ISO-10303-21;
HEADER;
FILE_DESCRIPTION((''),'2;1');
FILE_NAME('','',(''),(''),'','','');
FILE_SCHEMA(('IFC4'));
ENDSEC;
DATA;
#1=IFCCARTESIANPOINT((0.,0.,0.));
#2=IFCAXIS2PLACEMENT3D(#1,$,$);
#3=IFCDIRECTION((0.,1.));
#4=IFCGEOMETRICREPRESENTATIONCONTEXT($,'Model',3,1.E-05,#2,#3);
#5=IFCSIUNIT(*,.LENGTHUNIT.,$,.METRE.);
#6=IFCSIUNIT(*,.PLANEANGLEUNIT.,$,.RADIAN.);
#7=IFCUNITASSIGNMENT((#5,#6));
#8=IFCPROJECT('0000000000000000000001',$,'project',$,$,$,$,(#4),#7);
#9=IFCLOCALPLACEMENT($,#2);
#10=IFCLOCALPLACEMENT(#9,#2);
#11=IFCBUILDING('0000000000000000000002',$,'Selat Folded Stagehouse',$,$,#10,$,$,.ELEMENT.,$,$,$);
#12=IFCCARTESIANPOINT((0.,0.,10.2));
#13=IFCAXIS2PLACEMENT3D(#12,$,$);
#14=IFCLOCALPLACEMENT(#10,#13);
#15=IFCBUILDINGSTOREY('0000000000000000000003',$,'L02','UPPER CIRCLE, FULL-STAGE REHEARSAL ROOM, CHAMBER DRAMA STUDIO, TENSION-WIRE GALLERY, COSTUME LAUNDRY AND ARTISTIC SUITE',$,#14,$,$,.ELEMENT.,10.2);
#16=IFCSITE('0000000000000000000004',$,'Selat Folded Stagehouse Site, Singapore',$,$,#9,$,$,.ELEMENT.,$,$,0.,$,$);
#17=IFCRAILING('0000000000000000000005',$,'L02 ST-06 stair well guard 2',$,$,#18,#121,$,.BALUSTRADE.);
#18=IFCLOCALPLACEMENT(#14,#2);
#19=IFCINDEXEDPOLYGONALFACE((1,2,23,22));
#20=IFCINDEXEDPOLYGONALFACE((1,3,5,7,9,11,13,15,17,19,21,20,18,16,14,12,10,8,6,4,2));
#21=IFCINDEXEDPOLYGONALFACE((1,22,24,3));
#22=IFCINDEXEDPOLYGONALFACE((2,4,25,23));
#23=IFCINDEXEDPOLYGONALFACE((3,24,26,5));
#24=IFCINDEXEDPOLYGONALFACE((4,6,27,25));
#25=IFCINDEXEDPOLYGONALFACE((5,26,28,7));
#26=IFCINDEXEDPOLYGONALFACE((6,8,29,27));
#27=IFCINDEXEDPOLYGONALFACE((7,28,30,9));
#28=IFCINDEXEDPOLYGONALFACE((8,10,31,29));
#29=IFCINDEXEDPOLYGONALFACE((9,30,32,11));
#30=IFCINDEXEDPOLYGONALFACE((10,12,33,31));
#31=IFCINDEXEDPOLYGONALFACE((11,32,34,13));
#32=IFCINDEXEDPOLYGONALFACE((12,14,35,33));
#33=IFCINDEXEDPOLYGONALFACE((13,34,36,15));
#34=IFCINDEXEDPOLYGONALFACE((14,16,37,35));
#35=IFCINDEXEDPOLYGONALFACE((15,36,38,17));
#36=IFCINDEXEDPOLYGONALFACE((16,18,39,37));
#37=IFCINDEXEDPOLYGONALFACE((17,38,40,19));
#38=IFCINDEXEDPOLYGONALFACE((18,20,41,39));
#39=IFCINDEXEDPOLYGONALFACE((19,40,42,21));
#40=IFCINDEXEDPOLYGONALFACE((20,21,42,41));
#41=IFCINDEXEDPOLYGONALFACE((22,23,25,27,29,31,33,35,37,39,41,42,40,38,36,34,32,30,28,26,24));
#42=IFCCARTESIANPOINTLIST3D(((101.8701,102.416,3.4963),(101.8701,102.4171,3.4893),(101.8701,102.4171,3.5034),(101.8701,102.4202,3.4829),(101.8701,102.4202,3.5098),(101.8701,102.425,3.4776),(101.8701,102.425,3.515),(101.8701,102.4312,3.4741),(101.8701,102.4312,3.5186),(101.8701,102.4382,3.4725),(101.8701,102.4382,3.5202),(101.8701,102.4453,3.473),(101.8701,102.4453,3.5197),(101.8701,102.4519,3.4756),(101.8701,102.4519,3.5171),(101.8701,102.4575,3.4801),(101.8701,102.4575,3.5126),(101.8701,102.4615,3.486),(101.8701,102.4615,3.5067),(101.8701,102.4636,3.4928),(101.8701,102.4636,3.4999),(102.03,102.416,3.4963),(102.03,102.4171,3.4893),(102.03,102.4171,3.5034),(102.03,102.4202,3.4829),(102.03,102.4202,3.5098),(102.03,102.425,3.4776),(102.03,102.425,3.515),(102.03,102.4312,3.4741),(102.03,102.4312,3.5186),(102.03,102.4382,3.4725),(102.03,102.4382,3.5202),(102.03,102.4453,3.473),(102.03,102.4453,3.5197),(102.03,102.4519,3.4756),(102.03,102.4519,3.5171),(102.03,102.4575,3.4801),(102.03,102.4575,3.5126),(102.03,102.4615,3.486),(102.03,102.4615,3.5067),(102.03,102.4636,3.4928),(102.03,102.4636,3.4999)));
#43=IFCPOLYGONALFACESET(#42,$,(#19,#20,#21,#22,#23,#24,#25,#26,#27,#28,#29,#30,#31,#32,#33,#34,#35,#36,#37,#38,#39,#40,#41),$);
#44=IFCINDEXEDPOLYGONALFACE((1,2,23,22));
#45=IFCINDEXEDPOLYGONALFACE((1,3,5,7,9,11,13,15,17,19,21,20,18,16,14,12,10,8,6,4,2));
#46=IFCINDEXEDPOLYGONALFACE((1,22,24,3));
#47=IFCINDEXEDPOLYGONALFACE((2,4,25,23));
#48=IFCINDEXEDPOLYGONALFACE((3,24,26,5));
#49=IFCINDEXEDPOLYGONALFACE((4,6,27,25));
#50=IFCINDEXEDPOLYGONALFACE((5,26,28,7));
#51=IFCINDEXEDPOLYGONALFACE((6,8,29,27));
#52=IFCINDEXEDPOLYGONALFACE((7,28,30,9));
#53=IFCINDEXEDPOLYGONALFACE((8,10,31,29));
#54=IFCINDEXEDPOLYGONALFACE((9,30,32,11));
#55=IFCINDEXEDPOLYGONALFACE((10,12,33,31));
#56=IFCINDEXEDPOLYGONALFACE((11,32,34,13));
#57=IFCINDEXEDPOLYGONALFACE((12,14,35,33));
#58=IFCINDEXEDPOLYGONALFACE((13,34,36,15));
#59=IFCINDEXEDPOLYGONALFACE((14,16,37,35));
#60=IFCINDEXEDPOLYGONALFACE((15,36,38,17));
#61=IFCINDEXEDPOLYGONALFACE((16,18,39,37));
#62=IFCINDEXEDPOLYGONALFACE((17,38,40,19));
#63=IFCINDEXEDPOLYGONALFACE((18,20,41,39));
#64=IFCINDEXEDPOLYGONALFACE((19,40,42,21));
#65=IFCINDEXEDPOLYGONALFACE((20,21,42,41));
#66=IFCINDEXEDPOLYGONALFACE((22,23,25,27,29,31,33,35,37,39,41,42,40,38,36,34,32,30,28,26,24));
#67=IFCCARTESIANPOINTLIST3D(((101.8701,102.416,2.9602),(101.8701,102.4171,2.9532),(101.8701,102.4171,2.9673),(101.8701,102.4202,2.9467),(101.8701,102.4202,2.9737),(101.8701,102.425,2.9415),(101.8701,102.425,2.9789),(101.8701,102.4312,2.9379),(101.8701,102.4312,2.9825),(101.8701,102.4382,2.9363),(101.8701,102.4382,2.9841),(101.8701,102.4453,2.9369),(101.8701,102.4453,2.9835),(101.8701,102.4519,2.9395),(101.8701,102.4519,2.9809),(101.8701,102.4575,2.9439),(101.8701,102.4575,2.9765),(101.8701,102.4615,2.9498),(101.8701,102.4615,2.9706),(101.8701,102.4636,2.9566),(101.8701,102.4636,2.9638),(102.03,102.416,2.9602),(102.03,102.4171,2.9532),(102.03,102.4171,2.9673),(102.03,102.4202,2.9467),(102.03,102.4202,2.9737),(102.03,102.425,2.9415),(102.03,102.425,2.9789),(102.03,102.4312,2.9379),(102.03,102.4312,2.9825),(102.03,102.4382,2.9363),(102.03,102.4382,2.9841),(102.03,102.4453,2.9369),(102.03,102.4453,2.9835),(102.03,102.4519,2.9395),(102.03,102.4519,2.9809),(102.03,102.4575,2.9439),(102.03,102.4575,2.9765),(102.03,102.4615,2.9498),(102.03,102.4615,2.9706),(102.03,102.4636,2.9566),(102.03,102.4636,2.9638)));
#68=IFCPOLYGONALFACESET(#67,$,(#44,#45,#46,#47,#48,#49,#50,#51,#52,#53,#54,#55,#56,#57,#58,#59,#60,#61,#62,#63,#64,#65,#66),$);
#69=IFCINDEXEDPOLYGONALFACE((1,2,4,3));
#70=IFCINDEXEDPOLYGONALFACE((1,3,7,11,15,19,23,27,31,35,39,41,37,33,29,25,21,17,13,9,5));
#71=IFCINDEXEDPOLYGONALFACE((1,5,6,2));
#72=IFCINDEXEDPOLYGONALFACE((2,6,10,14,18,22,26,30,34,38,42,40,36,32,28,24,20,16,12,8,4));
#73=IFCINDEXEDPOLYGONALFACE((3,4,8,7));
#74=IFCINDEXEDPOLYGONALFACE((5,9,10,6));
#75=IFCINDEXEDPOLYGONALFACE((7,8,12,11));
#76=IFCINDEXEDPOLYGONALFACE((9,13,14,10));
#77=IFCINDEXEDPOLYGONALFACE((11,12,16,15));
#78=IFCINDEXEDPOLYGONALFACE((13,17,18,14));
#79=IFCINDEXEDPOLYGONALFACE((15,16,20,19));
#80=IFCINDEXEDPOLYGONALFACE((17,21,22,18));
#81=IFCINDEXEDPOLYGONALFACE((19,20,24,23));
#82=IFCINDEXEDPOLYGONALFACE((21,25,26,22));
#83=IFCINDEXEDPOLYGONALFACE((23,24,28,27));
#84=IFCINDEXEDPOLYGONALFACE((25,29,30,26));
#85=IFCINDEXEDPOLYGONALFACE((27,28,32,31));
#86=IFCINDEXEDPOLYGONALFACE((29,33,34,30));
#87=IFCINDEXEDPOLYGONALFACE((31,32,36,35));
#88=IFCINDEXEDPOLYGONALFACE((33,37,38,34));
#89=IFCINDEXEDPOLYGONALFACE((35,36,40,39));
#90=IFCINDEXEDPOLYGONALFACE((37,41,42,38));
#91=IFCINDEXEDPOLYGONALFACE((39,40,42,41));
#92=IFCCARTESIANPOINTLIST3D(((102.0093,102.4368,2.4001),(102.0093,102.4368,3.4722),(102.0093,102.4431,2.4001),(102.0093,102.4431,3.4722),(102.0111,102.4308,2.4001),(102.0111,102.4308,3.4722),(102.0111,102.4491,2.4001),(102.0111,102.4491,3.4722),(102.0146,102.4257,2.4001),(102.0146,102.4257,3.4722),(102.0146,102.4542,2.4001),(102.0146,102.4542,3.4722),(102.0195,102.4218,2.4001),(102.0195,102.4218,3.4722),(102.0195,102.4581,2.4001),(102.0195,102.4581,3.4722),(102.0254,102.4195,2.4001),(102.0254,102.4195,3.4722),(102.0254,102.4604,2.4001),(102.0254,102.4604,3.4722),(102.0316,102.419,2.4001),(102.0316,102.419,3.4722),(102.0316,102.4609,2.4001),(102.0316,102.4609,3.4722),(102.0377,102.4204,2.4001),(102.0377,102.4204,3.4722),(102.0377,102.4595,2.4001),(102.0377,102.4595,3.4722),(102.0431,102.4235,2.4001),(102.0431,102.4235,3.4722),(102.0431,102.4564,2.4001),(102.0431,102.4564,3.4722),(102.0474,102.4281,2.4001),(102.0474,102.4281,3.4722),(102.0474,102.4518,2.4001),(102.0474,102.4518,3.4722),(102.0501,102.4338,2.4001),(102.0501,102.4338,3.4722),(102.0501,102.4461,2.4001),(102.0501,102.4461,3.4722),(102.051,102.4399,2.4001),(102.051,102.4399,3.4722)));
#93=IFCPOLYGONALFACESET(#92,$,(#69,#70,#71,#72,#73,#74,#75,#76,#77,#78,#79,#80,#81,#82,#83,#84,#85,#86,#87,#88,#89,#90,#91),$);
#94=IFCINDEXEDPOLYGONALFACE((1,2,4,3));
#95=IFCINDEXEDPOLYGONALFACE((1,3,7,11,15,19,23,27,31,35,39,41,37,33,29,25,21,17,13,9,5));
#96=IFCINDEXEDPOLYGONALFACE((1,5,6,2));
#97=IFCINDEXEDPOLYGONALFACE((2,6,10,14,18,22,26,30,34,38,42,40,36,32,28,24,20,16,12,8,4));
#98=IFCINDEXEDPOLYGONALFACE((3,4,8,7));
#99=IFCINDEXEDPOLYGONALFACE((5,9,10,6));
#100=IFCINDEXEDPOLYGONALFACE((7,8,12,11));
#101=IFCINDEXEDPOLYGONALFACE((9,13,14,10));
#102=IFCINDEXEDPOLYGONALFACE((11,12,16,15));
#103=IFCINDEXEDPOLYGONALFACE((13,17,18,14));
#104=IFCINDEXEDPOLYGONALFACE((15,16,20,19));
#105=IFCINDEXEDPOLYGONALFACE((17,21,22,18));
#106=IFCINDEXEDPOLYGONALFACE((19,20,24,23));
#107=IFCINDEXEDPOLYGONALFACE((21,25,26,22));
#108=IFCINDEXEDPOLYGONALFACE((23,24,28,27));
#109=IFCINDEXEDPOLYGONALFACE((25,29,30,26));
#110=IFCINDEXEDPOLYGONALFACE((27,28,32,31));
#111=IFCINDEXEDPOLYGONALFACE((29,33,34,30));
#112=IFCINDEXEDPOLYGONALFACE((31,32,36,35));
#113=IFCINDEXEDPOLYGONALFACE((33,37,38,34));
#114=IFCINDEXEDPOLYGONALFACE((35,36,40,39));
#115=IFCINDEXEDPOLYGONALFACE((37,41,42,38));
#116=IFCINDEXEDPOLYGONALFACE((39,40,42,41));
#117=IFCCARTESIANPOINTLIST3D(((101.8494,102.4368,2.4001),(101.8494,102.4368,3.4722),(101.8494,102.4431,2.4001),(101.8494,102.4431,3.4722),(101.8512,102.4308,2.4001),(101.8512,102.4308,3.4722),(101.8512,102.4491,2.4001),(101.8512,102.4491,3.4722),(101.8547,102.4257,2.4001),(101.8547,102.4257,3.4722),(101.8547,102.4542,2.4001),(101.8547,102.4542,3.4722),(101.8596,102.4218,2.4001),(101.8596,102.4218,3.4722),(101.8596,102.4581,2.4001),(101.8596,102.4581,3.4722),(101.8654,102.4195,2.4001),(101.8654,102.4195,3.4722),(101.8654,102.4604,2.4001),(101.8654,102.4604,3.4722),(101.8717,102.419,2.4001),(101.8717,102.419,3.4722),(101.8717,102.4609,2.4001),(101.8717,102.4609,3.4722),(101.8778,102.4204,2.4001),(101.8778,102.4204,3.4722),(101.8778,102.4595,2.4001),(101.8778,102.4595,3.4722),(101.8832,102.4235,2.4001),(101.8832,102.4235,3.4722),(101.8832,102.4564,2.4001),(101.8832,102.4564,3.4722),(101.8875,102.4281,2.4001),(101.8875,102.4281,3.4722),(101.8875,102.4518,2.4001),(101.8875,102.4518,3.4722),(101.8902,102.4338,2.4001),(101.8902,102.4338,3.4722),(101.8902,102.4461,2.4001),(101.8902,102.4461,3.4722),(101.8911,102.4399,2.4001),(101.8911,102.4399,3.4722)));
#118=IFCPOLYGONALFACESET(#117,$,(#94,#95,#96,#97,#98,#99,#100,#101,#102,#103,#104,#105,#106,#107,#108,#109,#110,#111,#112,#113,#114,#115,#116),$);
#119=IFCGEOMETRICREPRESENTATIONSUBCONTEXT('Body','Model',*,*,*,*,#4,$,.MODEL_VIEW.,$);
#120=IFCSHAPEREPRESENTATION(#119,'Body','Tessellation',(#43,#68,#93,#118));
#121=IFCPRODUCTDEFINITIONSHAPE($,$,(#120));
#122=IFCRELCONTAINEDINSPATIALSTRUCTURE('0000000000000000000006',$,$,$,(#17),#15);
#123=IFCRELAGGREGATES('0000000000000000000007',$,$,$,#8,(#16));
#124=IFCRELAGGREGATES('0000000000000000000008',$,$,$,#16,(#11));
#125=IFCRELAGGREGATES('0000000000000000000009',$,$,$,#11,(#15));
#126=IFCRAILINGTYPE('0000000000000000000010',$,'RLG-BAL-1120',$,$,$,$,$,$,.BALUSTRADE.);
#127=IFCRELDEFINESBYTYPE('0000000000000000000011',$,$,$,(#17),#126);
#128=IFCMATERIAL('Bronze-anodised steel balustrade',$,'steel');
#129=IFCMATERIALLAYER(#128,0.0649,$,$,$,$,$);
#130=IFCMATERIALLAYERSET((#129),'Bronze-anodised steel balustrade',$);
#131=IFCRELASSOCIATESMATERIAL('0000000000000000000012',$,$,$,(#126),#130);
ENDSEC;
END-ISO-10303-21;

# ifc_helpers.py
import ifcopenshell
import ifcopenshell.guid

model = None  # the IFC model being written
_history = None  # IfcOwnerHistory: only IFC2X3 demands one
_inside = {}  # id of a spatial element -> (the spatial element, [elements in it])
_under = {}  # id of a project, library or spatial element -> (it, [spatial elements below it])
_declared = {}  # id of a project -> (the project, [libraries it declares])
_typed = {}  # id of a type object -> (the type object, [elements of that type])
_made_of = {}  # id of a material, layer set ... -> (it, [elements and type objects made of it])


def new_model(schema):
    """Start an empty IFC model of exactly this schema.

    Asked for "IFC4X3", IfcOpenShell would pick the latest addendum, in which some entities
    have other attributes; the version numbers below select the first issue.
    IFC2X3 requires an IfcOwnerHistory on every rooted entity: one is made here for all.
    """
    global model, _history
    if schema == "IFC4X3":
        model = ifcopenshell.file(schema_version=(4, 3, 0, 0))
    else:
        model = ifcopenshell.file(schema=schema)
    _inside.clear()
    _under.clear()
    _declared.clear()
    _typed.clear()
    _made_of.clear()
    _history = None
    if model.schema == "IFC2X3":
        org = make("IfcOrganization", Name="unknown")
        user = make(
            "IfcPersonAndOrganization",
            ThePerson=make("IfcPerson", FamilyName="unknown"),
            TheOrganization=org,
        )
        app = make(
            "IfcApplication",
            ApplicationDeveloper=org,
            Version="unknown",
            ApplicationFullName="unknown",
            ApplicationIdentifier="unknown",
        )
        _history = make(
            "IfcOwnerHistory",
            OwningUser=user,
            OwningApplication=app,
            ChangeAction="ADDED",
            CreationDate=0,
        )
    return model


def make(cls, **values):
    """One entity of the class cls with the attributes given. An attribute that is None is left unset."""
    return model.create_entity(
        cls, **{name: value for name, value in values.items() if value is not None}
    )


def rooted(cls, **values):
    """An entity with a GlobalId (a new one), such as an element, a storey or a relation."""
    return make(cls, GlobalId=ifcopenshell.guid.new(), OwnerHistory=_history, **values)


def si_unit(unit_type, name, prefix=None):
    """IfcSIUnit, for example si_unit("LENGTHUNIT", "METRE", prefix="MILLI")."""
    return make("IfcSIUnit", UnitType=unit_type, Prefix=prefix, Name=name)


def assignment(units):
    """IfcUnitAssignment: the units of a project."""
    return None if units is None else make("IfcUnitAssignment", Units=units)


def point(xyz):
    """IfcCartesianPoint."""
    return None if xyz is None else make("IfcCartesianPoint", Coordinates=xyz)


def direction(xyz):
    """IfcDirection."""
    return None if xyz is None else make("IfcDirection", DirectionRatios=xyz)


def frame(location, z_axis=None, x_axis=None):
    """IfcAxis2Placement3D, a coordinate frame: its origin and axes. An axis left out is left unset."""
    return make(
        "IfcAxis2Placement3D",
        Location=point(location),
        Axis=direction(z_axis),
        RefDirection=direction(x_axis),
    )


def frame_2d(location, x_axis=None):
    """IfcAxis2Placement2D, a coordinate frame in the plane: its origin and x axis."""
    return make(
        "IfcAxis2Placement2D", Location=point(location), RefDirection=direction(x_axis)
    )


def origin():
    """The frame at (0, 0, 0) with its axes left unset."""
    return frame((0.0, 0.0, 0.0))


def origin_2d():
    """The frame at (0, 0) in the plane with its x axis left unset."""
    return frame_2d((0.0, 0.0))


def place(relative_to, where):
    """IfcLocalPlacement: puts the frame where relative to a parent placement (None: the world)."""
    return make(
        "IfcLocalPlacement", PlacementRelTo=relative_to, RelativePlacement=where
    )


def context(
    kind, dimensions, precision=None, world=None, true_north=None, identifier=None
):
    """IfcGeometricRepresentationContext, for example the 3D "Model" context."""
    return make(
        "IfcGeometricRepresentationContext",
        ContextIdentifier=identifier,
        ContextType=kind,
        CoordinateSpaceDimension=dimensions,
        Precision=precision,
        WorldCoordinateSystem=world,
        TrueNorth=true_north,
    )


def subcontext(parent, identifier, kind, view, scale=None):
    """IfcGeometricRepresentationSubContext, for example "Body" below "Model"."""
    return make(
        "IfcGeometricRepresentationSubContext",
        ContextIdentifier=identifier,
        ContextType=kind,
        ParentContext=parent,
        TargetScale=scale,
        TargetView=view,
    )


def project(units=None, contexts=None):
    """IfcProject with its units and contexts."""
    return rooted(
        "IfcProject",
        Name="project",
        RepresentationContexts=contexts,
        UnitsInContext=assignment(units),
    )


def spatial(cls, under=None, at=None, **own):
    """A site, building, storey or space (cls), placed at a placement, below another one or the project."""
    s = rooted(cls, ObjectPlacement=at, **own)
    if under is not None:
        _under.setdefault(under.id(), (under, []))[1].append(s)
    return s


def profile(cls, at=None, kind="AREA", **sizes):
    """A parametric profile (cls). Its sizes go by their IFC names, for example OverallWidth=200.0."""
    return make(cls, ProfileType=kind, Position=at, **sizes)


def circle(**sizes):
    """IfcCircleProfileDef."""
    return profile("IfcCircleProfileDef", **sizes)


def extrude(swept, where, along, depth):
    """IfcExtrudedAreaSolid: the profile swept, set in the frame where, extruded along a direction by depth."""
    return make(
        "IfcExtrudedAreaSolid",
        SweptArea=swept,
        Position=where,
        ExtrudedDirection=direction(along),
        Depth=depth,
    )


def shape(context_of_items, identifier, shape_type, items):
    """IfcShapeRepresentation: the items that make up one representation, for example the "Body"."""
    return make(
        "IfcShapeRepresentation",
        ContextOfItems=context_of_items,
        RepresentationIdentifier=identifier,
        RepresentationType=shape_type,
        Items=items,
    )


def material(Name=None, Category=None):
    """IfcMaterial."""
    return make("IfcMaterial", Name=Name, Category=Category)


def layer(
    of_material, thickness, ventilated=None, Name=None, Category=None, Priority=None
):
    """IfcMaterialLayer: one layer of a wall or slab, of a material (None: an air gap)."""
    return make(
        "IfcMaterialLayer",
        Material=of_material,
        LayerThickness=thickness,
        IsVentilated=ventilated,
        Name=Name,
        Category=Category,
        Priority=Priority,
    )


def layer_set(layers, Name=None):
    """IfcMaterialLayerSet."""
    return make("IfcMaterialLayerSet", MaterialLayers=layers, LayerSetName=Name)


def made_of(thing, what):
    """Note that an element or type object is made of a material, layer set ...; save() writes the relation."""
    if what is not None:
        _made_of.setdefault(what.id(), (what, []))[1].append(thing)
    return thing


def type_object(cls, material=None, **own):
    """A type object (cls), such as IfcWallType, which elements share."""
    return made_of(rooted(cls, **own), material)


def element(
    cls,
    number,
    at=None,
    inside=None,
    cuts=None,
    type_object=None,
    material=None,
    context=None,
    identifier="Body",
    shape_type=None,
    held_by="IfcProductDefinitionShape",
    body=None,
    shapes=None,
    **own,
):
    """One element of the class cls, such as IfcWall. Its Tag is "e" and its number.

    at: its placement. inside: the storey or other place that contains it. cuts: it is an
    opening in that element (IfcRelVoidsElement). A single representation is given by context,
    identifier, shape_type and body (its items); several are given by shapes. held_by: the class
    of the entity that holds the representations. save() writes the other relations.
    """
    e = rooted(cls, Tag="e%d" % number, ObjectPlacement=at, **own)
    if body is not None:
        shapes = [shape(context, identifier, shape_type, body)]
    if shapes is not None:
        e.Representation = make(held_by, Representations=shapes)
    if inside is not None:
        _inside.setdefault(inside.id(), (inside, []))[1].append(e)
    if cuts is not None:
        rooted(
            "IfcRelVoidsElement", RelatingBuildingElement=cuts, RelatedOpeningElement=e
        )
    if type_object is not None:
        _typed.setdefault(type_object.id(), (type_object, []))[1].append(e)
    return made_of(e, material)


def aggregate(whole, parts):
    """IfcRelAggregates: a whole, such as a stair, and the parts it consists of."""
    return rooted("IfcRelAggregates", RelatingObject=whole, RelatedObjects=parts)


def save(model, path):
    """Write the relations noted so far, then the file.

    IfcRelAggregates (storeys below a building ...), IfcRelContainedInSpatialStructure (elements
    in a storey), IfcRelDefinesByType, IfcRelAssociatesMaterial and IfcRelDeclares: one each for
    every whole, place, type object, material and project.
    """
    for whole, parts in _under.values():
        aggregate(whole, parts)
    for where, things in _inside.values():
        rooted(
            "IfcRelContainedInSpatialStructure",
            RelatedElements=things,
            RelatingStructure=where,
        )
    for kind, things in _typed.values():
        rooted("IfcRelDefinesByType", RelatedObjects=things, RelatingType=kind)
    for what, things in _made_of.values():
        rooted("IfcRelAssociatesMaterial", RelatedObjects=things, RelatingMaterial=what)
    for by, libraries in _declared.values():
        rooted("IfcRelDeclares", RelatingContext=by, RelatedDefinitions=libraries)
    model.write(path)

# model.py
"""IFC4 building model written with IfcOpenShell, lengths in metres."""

from ifc_helpers import new_model, si_unit, direction, frame, origin, origin_2d, place, context, subcontext, project, spatial, circle, extrude, material, layer, layer_set, type_object, element, save


model = new_model("IFC4")

# Units and contexts
model_context = context("Model", 3, precision=1e-05, world=origin(), true_north=direction((0.0, 1.0)))
body_context = subcontext(model_context, "Body", "Model", "MODEL_VIEW")
ifc_project = project(units=[si_unit("LENGTHUNIT", "METRE"), si_unit("PLANEANGLEUNIT", "RADIAN")], contexts=[model_context])

# Site, building, storey
site_placement = place(None, origin())
site = spatial("IfcSite", under=ifc_project, at=site_placement, Name="Selat Folded Stagehouse Site, Singapore", CompositionType="ELEMENT", RefElevation=0.0)
building_placement = place(site_placement, origin())
building = spatial("IfcBuilding", under=site, at=building_placement, Name="Selat Folded Stagehouse", CompositionType="ELEMENT")
storey_placement = place(building_placement, frame((0.0, 0.0, 10.2)))
storey = spatial("IfcBuildingStorey", under=building, at=storey_placement, Name="L02", Description="UPPER CIRCLE, FULL-STAGE REHEARSAL ROOM, CHAMBER DRAMA STUDIO, TENSION-WIRE GALLERY, COSTUME LAUNDRY AND ARTISTIC SUITE", CompositionType="ELEMENT", Elevation=10.2)

# Railing
ifc_material_1 = material(Name="Bronze-anodised steel balustrade", Category="steel")
ifc_layer_1 = layer(ifc_material_1, 0.0649)
ifc_layer_set_1 = layer_set([ifc_layer_1], Name="Bronze-anodised steel balustrade")
railing_type_1 = type_object("IfcRailingType", Name="RLG-BAL-1120", PredefinedType="BALUSTRADE", material=ifc_layer_set_1)
railing_1_placement = place(storey_placement, frame((102.03, 102.4399, 2.4001)))
element("IfcRailing", 1, at=railing_1_placement, inside=storey, type_object=railing_type_1, Name="L02 ST-06 stair well guard 2", PredefinedType="BALUSTRADE", context=body_context, shape_type="SweptSolid", body=[
    extrude(circle(Radius=0.0239, at=origin_2d()), frame((0.0, 0.0, 1.0962), z_axis=(-1.0, 0.0, 0.0), x_axis=(0.0, -1.0, 0.0)), (0.0, 0.0, 1.0), 0.1599),
    extrude(circle(Radius=0.0239, at=origin_2d()), frame((0.0, 0.0, 0.5601), z_axis=(-1.0, 0.0, 0.0), x_axis=(0.0, -1.0, 0.0)), (0.0, 0.0, 1.0), 0.1599),
    extrude(circle(Radius=0.021, at=origin_2d()), origin(), (0.0, 0.0, 1.0), 1.072),
    extrude(circle(Radius=0.021, at=origin_2d()), frame((-0.1599, 0.0, 0.0)), (0.0, 0.0, 1.0), 1.072),
])

save(model, "model.ifc")
